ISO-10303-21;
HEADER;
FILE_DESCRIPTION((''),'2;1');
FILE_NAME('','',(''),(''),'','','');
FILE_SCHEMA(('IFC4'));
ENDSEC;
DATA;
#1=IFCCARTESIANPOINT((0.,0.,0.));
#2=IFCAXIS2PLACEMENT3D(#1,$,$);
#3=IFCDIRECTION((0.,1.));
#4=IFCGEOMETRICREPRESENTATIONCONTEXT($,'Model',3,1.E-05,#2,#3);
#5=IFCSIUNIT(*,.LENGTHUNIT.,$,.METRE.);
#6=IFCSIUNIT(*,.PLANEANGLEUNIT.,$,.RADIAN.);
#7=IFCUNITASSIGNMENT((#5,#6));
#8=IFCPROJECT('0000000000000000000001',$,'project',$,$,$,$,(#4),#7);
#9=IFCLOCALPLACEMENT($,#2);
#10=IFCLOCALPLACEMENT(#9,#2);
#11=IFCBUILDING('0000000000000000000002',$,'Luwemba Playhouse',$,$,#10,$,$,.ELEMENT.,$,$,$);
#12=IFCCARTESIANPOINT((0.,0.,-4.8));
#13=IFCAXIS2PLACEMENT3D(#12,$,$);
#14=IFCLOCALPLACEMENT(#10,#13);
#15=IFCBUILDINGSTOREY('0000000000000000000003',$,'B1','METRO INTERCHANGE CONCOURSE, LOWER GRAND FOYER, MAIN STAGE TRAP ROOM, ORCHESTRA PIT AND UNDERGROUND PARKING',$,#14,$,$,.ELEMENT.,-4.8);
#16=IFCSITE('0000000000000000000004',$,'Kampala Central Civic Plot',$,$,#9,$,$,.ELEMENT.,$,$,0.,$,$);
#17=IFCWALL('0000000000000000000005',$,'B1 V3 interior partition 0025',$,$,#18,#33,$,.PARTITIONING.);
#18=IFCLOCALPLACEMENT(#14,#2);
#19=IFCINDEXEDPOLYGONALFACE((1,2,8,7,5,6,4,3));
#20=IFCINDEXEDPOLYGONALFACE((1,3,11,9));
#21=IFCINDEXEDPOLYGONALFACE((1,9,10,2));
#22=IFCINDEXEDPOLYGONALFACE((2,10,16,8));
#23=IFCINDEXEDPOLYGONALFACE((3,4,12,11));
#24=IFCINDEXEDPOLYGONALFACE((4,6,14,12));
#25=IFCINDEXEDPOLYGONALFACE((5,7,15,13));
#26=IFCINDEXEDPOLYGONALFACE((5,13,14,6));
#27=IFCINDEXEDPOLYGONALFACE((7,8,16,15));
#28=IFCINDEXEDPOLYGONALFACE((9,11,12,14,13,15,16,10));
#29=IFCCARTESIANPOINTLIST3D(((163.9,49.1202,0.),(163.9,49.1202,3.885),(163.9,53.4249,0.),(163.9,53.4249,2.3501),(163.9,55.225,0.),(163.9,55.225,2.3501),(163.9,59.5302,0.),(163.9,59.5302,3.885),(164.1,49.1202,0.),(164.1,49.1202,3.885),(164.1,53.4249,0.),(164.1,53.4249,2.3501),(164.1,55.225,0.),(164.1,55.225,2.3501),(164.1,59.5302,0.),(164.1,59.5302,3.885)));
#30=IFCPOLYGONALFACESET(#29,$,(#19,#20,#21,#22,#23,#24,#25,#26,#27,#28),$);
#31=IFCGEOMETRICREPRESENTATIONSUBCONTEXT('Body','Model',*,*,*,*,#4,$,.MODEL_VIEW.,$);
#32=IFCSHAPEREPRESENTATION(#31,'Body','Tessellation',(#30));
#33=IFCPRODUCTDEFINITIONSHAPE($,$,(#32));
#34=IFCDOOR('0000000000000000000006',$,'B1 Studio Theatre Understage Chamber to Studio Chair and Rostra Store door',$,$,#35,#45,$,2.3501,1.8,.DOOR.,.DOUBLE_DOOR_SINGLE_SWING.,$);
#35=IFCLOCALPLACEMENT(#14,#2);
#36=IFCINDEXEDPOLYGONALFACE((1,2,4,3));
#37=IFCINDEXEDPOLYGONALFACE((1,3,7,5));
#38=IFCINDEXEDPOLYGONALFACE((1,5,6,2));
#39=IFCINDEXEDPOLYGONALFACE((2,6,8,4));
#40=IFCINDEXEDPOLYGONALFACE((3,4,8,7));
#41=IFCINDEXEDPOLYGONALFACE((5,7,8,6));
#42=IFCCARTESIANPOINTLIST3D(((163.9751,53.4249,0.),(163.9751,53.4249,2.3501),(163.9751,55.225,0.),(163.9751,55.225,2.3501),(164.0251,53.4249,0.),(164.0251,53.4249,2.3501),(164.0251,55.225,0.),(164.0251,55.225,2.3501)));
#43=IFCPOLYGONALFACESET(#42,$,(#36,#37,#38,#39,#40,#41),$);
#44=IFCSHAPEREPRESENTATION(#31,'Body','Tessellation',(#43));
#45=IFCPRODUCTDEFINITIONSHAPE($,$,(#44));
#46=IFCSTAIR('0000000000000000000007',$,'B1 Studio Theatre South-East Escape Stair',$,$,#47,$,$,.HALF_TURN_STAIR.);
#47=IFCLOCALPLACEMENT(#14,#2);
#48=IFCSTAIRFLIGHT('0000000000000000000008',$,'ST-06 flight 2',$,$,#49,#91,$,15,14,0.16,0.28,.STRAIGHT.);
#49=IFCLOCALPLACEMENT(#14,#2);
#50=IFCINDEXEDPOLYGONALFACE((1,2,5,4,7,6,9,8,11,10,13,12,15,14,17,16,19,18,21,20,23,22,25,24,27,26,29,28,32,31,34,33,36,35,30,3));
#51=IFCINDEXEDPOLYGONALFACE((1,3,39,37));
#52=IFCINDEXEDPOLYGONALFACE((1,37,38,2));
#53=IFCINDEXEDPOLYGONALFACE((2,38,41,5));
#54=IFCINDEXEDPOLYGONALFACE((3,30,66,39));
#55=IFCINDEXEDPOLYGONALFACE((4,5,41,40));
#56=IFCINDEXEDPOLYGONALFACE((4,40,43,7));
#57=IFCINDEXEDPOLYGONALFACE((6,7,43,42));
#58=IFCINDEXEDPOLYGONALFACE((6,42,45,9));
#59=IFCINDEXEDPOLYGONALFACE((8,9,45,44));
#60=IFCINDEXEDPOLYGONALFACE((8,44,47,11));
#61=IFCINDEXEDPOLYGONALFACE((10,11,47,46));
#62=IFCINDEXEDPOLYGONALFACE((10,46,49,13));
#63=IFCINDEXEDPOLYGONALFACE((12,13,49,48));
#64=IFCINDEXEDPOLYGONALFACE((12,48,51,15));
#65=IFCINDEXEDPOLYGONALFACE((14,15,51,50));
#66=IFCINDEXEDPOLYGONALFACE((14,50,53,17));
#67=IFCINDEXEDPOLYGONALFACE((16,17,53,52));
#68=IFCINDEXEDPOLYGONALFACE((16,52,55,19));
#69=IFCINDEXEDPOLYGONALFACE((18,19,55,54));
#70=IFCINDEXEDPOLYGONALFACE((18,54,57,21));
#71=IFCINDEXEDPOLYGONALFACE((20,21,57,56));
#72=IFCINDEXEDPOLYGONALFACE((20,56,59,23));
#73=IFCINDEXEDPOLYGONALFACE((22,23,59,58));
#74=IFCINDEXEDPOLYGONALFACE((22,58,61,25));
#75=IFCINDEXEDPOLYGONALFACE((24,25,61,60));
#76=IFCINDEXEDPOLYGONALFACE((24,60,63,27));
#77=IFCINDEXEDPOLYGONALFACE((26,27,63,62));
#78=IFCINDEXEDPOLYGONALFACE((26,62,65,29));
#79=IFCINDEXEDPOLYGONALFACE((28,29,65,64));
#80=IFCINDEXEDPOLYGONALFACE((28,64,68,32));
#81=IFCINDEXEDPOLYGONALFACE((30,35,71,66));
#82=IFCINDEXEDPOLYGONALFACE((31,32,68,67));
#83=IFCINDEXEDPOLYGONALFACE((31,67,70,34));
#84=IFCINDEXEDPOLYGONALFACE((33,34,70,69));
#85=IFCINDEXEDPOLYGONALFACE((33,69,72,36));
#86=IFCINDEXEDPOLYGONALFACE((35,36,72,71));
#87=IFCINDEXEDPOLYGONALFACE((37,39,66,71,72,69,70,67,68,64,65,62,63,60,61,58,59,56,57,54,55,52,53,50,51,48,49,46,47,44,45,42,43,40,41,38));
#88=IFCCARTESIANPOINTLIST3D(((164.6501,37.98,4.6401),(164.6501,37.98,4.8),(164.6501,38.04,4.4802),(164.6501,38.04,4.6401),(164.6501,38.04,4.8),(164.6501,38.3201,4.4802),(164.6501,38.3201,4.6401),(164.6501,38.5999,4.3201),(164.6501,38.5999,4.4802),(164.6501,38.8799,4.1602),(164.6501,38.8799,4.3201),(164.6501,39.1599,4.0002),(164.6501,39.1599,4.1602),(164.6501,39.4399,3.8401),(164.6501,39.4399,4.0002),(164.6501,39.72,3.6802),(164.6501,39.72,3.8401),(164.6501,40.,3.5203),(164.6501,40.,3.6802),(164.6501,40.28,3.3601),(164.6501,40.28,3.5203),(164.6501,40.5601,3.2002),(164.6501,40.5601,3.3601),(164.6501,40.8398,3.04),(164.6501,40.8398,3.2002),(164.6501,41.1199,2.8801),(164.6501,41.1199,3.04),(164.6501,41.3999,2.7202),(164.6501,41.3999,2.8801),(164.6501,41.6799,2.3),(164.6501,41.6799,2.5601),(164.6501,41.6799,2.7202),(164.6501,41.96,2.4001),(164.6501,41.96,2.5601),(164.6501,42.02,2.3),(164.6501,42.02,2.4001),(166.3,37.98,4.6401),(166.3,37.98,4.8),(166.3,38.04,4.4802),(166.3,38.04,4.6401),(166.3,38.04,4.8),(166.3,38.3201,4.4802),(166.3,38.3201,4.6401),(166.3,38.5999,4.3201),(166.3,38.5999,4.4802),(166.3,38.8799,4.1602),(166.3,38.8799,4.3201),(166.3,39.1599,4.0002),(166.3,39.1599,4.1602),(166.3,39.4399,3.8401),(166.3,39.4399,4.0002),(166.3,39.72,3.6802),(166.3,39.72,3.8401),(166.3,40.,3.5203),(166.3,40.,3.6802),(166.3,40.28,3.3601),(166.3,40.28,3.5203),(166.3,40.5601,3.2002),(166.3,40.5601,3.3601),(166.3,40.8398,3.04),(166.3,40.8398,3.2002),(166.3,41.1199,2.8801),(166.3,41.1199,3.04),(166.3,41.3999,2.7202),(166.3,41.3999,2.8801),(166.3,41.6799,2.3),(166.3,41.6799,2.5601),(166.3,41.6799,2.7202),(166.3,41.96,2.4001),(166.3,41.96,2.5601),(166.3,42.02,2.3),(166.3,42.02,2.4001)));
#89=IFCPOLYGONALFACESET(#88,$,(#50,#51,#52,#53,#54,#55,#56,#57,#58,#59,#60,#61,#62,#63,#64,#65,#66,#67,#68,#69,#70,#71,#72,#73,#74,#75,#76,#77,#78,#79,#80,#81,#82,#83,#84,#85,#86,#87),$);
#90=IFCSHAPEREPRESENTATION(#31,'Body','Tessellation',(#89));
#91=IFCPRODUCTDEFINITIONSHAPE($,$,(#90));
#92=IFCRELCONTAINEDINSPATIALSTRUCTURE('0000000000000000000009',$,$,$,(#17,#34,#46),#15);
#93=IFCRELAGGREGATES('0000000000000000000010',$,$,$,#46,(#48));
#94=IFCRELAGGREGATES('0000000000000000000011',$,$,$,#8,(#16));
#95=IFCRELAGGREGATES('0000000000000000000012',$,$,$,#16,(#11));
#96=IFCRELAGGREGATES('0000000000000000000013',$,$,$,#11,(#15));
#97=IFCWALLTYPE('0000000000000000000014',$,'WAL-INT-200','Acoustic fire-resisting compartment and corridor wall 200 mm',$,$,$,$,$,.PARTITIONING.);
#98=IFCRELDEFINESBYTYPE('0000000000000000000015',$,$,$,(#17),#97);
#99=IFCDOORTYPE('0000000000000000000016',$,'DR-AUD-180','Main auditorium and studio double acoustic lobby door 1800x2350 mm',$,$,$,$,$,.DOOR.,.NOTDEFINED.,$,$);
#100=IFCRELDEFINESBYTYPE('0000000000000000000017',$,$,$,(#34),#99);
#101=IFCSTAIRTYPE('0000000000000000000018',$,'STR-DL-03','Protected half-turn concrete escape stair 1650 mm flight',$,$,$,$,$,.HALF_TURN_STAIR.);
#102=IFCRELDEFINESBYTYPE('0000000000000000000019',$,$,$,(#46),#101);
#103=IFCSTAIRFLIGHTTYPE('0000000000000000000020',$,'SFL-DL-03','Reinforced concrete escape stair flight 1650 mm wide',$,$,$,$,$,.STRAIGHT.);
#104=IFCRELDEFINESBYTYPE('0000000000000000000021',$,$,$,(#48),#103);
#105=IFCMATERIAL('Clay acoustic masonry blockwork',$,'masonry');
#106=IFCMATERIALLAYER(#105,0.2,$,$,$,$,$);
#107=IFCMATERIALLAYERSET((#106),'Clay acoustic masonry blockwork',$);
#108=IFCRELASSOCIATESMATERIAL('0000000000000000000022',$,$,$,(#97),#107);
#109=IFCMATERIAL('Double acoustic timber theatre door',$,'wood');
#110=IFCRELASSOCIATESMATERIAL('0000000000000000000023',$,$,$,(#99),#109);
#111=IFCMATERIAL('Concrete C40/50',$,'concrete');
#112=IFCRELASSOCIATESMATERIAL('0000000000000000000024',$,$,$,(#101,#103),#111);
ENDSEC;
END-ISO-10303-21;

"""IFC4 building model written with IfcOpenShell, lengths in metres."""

from ifc_helpers import new_model, si_unit, direction, frame, frame_2d, origin, place, context, subcontext, project, spatial, polyline, rectangle, outline, extrude, material, layer, layer_set, type_object, element, fill, aggregate, save


model = new_model("IFC4")

# Units and contexts
model_context = context("Model", 3, precision=1e-05, world=origin(), true_north=direction((0.0, 1.0)))
body_context = subcontext(model_context, "Body", "Model", "MODEL_VIEW")
ifc_project = project(units=[si_unit("LENGTHUNIT", "METRE"), si_unit("PLANEANGLEUNIT", "RADIAN")], contexts=[model_context])

# Site, building, storey
site_placement = place(None, origin())
site = spatial("IfcSite", under=ifc_project, at=site_placement, Name="Kampala Central Civic Plot", CompositionType="ELEMENT", RefElevation=0.0)
building_placement = place(site_placement, origin())
building = spatial("IfcBuilding", under=site, at=building_placement, Name="Luwemba Playhouse", CompositionType="ELEMENT")
storey_placement = place(building_placement, frame((0.0, 0.0, -4.8)))
storey = spatial("IfcBuildingStorey", under=building, at=storey_placement, Name="B1", Description="METRO INTERCHANGE CONCOURSE, LOWER GRAND FOYER, MAIN STAGE TRAP ROOM, ORCHESTRA PIT AND UNDERGROUND PARKING", CompositionType="ELEMENT", Elevation=-4.8)

# Shared definitions
ifc_material_1 = material(Name="Concrete C40/50", Category="concrete")

# Wall, opening, door
ifc_material_2 = material(Name="Clay acoustic masonry blockwork", Category="masonry")
ifc_layer_1 = layer(ifc_material_2, 0.2)
ifc_layer_set_1 = layer_set([ifc_layer_1], Name="Clay acoustic masonry blockwork")
wall_type_1 = type_object("IfcWallType", Name="WAL-INT-200", Description="Acoustic fire-resisting compartment and corridor wall 200 mm", PredefinedType="PARTITIONING", material=ifc_layer_set_1)
wall_1_placement = place(storey_placement, frame((164.0, 49.1201, 0.0), z_axis=(0.0, 0.0, 1.0), x_axis=(0.0, 1.0, 0.0)))
wall_1 = element("IfcWall", 1, at=wall_1_placement, inside=storey, type_object=wall_type_1, Name="B1 V3 interior partition 0025", PredefinedType="PARTITIONING", context=body_context, shape_type="SweptSolid", body=[
    extrude(rectangle(XDim=10.4099, YDim=0.2, at=frame_2d((5.2051, 0.0))), origin(), (0.0, 0.0, 1.0), 3.885),
])
opening_1_placement = place(wall_1_placement, frame((4.3049, 0.0, 0.0)))
opening_1 = element("IfcOpeningElement", 2, at=opening_1_placement, cuts=wall_1, PredefinedType="OPENING", context=body_context, shape_type="SweptSolid", body=[
    extrude(rectangle(XDim=1.8, YDim=2.3501, at=frame_2d((0.8999, 1.175))), frame((0.0, 0.1099, 0.0), z_axis=(0.0, -1.0, 0.0), x_axis=(1.0, 0.0, 0.0)), (0.0, 0.0, 1.0), 0.22),
])
ifc_material_3 = material(Name="Double acoustic timber theatre door", Category="wood")
door_type_1 = type_object("IfcDoorType", Name="DR-AUD-180", Description="Main auditorium and studio double acoustic lobby door 1800x2350 mm", OperationType="NOTDEFINED", PredefinedType="DOOR", material=ifc_material_3)
door_1_placement = place(opening_1_placement, origin())
door_1 = element("IfcDoor", 3, at=door_1_placement, inside=storey, type_object=door_type_1, Name="B1 Studio Theatre Understage Chamber to Studio Chair and Rostra Store door", OperationType="DOUBLE_DOOR_SINGLE_SWING", OverallHeight=2.3501, OverallWidth=1.8, PredefinedType="DOOR", context=body_context, shape_type="SweptSolid", body=[
    extrude(rectangle(XDim=1.8, YDim=2.3501, at=frame_2d((0.8999, 1.175))), frame((0.0, 0.0249, 0.0), z_axis=(0.0, -1.0, 0.0), x_axis=(1.0, 0.0, 0.0)), (0.0, 0.0, 1.0), 0.05),
])
fill(opening_1, door_1)

# Stair, stair flight
stair_type = type_object("IfcStairType", Name="STR-DL-03", Description="Protected half-turn concrete escape stair 1650 mm flight", PredefinedType="HALF_TURN_STAIR", material=ifc_material_1)
stair_placement = place(storey_placement, origin())
stair = element("IfcStair", 4, at=stair_placement, inside=storey, type_object=stair_type, Name="B1 Studio Theatre South-East Escape Stair", PredefinedType="HALF_TURN_STAIR")
stair_flight_type = type_object("IfcStairFlightType", Name="SFL-DL-03", Description="Reinforced concrete escape stair flight 1650 mm wide", PredefinedType="STRAIGHT", material=ifc_material_1)
stair_flight_placement = place(storey_placement, frame((165.4751, 41.96, 2.4001), z_axis=(0.0, 0.0, 1.0), x_axis=(0.0, -1.0, 0.0)))
stair_flight = element("IfcStairFlight", 5, at=stair_flight_placement, type_object=stair_flight_type, Name="ST-06 flight 2", NumberOfRisers=15, NumberOfTreads=14, PredefinedType="STRAIGHT", RiserHeight=0.16, TreadLength=0.28, context=body_context, shape_type="SweptSolid", body=[
    extrude(outline(polyline([(-0.0601, -0.1001), (-0.0601, 0.0), (0.0, 0.0), (0.0, 0.1599), (0.28, 0.1599), (0.28, 0.3201), (0.5601, 0.3201), (0.5601, 0.48), (0.8401, 0.48), (0.8401, 0.6399), (1.1201, 0.6399), (1.1201, 0.8), (1.3999, 0.8), (1.3999, 0.96), (1.6799, 0.96), (1.6799, 1.1201), (1.96, 1.1201), (1.96, 1.28), (2.24, 1.28), (2.24, 1.4399), (2.52, 1.4399), (2.52, 1.6001), (2.8, 1.6001), (2.8, 1.76), (3.0801, 1.76), (3.0801, 1.9199), (3.3601, 1.9199), (3.3601, 2.0801), (3.6399, 2.0801), (3.6399, 2.24), (3.9199, 2.24), (3.9199, 2.3999), (3.98, 2.3999), (3.98, 2.24), (3.9199, 2.0801), (0.28, -0.1001), (-0.0601, -0.1001)])), frame((0.0, 0.825, 0.0), z_axis=(0.0, -1.0, 0.0), x_axis=(1.0, 0.0, 0.0)), (0.0, 0.0, 1.0), 1.6499),
])
aggregate(stair, [stair_flight])

save(model, "model.ifc")
